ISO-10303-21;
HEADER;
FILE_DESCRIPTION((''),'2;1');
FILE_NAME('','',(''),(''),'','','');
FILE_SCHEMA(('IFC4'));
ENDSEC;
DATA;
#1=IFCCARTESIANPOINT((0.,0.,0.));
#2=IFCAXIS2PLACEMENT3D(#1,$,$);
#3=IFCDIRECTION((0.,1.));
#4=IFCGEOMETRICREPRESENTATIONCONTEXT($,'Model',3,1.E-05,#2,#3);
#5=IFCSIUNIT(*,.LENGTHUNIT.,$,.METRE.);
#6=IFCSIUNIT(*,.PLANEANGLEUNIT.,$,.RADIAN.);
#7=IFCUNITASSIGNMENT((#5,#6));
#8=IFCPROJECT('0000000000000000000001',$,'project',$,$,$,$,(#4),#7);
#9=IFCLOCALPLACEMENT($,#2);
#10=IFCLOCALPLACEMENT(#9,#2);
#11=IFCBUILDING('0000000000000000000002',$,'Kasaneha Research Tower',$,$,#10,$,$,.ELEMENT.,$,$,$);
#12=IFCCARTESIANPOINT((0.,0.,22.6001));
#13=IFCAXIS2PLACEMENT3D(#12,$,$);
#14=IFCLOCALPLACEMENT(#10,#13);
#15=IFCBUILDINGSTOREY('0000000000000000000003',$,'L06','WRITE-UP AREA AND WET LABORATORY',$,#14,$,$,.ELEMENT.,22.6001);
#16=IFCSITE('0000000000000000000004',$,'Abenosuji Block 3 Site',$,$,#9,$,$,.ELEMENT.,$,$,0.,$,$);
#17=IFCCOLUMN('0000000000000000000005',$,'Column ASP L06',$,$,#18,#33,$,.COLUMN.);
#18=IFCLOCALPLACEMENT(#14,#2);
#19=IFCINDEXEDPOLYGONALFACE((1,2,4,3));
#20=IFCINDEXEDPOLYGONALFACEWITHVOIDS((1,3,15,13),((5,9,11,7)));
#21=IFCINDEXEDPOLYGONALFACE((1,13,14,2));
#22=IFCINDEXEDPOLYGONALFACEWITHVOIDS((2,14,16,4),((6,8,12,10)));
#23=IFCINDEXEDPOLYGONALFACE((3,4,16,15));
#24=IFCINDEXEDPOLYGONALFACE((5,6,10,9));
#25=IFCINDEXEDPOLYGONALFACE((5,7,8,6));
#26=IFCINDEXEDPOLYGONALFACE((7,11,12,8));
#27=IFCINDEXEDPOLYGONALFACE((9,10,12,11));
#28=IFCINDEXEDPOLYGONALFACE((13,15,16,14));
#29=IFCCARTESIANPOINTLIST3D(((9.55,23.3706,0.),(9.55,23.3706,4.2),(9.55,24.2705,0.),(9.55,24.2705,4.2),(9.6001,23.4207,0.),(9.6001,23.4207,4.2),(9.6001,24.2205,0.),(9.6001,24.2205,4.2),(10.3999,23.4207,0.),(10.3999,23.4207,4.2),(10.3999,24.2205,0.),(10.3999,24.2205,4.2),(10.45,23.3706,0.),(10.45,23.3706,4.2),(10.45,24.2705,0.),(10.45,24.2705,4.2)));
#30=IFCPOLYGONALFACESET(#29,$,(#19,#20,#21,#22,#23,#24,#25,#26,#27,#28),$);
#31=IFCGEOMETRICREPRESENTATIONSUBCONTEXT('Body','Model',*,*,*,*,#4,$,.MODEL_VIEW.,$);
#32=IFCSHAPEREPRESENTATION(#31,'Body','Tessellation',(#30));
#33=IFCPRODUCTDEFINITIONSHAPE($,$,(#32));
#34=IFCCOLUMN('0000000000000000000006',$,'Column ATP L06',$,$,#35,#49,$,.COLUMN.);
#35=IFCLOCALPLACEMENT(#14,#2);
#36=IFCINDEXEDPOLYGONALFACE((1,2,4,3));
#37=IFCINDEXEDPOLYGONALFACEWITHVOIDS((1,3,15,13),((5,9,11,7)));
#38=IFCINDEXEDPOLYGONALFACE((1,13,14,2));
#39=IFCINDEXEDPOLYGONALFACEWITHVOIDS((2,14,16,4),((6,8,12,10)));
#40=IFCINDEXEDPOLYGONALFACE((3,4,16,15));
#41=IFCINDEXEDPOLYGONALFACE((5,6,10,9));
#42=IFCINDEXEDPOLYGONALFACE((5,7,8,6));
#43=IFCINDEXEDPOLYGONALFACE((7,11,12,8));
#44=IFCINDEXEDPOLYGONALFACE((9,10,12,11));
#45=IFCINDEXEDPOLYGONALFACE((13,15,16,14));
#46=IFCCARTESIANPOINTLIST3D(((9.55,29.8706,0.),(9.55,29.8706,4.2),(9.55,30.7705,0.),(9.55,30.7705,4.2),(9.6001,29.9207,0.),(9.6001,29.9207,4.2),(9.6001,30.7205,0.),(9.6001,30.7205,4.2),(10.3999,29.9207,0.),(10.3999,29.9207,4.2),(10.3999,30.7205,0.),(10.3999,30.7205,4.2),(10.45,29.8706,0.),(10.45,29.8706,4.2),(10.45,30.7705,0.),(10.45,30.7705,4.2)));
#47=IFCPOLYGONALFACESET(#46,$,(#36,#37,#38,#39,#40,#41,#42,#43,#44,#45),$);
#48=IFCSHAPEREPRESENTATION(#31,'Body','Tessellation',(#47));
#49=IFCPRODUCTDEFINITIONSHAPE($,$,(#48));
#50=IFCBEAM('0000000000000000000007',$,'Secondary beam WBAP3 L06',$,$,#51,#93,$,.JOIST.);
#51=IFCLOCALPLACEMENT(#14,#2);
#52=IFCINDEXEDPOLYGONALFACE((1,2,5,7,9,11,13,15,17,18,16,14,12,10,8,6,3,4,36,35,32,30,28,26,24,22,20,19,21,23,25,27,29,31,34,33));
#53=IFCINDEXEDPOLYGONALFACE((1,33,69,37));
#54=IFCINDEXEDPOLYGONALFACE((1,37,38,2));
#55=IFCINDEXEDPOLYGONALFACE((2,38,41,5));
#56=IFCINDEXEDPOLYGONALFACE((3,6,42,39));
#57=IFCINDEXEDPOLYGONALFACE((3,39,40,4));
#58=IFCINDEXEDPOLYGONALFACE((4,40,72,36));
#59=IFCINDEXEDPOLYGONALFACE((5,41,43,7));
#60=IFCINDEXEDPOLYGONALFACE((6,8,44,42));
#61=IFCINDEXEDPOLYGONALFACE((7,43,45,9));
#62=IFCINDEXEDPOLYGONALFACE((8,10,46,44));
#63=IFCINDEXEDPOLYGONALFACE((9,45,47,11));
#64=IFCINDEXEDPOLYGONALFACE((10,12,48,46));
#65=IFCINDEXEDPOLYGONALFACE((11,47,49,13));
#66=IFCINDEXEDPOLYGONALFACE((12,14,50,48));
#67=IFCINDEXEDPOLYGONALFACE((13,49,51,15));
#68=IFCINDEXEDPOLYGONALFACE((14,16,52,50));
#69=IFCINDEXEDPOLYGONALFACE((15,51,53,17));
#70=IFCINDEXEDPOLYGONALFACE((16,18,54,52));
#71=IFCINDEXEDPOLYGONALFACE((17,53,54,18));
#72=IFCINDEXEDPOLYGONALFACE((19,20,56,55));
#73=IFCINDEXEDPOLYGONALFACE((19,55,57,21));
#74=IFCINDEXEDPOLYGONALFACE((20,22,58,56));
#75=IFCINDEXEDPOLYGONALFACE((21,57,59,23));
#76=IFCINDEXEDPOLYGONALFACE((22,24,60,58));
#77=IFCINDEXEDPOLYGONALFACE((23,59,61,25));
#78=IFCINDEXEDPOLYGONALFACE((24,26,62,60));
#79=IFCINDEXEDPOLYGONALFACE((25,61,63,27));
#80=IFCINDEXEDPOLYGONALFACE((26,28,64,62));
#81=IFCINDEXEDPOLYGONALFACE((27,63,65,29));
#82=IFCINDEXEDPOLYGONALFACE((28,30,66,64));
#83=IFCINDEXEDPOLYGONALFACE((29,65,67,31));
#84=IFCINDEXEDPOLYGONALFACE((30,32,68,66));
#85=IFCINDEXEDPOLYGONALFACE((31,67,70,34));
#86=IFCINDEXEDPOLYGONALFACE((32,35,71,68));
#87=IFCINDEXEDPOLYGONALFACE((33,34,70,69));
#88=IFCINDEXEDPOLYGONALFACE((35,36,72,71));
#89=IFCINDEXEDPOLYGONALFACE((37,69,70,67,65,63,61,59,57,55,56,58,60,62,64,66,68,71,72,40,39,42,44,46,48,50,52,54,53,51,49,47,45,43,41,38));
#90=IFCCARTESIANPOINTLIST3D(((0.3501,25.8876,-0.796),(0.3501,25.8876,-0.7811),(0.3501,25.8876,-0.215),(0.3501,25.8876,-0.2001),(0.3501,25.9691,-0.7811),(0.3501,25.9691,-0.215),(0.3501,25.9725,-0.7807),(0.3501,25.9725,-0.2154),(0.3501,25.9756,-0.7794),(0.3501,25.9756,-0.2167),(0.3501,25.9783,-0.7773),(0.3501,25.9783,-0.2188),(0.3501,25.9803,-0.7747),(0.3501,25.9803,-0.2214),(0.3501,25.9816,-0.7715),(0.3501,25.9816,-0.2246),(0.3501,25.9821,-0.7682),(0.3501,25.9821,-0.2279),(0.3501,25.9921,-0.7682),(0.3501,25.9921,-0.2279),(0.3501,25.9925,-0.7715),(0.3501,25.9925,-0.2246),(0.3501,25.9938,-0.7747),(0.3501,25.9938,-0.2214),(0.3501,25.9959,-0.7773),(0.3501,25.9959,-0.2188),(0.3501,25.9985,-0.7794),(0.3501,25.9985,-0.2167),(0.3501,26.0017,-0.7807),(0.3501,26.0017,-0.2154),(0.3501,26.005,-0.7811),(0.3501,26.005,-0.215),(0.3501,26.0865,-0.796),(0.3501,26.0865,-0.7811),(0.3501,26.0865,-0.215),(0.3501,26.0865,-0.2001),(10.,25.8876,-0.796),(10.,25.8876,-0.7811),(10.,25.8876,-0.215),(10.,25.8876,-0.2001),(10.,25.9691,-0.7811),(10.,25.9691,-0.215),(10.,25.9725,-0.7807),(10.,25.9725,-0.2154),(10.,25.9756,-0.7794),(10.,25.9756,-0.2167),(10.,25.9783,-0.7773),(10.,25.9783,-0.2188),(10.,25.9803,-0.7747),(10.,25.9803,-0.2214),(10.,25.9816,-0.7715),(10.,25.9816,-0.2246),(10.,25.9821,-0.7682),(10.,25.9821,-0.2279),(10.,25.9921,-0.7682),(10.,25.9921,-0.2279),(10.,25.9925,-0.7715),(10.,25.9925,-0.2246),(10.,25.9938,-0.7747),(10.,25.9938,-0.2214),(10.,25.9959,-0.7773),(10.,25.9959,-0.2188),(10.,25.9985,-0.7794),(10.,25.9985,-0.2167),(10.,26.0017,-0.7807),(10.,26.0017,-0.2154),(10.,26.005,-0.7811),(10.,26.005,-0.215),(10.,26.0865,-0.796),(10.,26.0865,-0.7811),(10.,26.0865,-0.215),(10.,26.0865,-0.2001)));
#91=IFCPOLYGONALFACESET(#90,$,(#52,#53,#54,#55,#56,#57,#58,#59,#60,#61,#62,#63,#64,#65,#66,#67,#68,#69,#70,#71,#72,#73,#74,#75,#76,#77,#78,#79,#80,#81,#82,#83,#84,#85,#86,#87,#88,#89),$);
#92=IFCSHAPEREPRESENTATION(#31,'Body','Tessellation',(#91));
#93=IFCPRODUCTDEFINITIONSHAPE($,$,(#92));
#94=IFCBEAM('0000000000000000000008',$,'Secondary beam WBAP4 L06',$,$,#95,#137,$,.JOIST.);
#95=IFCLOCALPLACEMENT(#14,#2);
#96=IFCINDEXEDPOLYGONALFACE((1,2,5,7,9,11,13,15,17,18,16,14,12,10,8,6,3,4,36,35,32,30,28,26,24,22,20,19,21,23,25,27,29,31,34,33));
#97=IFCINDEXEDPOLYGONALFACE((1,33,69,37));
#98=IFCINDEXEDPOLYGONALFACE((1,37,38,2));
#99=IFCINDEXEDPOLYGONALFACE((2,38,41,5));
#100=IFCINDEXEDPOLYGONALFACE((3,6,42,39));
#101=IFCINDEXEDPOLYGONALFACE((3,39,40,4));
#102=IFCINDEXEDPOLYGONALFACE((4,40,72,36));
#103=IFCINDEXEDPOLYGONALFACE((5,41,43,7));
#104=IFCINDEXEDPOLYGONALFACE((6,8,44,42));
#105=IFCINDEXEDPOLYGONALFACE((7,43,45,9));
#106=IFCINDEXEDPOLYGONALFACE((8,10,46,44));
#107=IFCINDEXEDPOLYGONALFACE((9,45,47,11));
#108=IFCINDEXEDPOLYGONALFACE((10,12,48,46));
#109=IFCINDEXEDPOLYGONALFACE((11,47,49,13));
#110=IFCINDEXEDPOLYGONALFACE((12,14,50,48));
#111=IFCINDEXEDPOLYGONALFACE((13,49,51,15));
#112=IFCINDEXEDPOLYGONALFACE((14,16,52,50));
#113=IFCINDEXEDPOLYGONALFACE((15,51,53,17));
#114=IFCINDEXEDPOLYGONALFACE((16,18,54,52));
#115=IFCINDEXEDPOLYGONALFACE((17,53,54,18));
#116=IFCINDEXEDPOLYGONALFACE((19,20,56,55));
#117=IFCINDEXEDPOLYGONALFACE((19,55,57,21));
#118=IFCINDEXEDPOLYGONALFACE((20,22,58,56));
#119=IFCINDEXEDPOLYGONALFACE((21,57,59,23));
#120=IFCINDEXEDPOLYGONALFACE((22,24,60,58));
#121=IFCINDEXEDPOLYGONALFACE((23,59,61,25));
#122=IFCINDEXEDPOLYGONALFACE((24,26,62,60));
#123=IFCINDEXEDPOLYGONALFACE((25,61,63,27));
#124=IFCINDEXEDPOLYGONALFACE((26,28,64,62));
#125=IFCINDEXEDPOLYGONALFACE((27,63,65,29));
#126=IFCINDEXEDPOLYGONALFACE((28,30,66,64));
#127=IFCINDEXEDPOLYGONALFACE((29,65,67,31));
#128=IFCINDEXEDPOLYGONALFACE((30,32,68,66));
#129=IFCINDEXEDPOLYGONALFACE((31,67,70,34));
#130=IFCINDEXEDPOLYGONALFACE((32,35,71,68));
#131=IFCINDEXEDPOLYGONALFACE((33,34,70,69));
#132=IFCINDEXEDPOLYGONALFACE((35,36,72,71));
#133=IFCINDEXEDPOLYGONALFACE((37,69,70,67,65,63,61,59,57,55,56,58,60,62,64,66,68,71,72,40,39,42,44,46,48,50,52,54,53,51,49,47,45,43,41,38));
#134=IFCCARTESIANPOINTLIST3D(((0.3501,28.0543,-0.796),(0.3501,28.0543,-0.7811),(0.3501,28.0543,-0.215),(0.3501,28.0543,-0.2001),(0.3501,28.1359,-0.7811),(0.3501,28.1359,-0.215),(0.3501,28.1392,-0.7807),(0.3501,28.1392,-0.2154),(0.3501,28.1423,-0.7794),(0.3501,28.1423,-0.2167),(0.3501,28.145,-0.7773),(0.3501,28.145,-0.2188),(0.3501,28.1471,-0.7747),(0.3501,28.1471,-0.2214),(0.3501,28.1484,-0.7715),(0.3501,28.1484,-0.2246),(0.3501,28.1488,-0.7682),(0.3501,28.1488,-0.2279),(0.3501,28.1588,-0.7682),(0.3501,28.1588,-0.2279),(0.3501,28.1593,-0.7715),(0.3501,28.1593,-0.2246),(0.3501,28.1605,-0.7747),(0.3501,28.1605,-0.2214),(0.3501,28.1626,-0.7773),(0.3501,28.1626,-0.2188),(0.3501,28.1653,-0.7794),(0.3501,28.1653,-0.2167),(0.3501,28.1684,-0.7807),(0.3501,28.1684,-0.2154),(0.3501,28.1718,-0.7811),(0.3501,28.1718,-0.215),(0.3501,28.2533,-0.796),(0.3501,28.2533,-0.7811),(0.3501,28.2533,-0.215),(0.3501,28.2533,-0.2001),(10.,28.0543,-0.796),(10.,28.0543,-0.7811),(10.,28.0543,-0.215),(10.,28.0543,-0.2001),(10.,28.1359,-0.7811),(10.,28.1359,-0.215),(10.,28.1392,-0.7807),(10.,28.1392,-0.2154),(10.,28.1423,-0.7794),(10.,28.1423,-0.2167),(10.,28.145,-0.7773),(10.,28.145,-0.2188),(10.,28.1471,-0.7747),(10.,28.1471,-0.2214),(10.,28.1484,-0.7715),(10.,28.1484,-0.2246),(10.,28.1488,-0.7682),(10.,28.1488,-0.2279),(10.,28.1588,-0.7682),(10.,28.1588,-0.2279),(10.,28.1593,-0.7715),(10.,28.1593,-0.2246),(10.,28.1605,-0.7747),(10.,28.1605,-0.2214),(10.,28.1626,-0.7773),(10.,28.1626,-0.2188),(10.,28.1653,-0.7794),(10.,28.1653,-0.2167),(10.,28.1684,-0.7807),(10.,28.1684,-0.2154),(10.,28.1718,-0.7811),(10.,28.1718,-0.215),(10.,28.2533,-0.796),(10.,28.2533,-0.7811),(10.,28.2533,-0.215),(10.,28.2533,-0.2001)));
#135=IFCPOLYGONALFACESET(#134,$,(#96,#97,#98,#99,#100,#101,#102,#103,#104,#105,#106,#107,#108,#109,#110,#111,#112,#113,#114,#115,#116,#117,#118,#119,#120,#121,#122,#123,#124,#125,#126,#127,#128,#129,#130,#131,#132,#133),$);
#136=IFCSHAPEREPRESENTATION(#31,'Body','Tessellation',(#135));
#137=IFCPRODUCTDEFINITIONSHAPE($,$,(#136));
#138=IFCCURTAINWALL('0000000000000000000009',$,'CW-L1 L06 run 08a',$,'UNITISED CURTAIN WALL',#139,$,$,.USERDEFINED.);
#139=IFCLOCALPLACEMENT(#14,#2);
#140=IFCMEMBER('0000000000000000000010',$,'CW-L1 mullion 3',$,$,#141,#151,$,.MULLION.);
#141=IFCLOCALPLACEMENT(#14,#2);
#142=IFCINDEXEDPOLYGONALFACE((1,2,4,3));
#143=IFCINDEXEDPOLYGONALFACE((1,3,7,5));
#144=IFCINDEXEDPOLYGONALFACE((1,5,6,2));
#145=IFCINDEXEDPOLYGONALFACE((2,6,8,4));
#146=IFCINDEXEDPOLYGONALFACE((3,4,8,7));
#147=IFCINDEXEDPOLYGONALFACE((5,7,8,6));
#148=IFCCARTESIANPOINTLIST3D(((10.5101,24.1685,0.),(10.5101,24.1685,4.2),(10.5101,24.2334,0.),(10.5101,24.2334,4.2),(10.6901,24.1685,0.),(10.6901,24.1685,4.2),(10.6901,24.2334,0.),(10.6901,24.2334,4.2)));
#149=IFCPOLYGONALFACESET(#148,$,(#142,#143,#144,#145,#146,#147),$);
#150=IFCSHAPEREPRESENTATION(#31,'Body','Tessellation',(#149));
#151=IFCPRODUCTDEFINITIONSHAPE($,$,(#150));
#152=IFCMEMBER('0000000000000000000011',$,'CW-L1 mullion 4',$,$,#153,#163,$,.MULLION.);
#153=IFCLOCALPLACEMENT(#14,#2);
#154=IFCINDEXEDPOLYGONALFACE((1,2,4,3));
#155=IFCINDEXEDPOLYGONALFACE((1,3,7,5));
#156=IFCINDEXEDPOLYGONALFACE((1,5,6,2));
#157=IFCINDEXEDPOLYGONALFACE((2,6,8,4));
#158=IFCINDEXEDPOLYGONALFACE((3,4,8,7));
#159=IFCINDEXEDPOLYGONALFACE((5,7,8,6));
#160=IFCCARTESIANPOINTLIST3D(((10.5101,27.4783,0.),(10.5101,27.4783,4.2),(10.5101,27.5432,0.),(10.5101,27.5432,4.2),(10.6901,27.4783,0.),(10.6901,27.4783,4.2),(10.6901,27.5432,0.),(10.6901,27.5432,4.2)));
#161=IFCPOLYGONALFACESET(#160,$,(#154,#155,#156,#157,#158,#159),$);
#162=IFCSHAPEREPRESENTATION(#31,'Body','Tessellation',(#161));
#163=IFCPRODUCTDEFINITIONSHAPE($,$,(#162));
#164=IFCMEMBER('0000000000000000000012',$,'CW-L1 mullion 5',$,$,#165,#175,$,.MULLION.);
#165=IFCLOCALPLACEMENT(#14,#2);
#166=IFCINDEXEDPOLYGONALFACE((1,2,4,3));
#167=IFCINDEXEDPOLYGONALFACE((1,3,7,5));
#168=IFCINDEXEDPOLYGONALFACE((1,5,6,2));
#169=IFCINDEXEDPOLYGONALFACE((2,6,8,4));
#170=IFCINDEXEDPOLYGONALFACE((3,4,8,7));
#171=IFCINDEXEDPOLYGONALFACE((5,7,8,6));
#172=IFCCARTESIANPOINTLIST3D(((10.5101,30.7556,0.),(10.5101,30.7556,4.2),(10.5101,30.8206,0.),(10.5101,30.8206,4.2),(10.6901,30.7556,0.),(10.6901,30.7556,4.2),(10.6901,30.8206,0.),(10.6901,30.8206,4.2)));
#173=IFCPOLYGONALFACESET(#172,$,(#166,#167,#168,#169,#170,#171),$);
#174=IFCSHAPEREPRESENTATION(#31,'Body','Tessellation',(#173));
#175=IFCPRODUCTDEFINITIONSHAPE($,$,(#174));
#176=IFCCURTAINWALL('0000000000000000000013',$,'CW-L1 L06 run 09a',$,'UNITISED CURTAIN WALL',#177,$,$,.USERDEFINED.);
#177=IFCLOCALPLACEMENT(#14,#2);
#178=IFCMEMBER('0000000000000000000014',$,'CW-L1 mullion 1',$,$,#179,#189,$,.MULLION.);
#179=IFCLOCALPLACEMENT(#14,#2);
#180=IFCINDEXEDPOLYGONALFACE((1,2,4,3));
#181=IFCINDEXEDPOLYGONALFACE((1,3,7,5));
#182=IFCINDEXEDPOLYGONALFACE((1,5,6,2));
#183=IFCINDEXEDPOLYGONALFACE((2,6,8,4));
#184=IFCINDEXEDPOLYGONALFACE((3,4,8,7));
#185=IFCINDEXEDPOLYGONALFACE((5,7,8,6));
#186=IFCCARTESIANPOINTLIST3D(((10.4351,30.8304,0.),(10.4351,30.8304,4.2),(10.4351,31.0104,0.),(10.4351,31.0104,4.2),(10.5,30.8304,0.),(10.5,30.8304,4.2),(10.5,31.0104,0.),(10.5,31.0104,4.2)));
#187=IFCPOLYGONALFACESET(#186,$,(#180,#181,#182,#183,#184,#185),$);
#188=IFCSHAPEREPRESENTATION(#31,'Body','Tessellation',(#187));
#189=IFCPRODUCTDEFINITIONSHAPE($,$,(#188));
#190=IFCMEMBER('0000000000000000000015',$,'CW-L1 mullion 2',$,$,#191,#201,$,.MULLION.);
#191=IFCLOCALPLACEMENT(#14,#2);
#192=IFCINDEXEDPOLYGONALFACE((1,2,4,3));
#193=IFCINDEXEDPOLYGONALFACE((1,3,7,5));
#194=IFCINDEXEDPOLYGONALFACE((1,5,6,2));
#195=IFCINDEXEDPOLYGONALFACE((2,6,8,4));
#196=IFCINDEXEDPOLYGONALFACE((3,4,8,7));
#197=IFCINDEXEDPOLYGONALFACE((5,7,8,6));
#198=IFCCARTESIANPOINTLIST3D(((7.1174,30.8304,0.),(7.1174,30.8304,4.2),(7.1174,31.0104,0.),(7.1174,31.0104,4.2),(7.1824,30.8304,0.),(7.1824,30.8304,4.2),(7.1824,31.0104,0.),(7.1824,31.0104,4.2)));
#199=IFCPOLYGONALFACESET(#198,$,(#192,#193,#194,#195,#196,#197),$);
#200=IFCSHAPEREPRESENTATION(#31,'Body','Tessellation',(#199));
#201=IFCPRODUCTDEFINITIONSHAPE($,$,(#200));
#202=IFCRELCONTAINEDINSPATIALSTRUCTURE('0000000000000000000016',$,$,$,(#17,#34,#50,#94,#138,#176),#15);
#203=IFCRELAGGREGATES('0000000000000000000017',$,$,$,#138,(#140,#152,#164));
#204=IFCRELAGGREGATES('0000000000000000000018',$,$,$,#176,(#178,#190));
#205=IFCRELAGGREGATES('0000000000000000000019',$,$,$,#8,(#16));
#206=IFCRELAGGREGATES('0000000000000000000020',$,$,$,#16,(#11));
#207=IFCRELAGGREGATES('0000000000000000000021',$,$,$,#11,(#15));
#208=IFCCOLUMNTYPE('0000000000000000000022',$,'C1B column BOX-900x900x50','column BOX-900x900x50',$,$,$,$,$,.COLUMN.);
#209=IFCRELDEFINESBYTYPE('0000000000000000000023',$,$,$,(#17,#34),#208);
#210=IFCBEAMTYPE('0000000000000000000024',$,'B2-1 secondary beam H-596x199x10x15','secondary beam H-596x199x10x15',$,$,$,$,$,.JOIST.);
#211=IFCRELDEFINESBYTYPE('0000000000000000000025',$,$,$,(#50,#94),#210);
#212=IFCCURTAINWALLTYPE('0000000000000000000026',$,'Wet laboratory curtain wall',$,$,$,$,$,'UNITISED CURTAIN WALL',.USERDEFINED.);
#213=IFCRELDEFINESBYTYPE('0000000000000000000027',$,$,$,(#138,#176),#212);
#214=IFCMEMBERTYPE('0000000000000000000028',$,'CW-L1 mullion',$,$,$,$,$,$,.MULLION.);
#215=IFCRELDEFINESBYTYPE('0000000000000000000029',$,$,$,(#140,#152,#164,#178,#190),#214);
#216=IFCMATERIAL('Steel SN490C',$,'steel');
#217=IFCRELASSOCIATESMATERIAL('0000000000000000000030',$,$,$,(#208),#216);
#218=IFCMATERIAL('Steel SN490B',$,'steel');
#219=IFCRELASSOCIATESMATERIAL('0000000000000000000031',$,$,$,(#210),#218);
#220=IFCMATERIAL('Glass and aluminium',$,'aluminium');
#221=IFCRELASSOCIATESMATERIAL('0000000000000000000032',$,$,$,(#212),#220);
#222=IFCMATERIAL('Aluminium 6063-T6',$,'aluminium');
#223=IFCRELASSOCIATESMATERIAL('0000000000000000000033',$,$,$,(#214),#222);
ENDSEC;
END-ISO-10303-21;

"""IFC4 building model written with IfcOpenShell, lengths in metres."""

from ifc_helpers import new_model, si_unit, direction, frame, origin, origin_2d, place, context, subcontext, project, spatial, rectangle, hollow_rectangle, i_section, extrude, material, material_profile, profile_set, type_object, element, aggregate, save


model = new_model("IFC4")

# Units and contexts
model_context = context("Model", 3, precision=1e-05, world=origin(), true_north=direction((0.0, 1.0)))
body_context = subcontext(model_context, "Body", "Model", "MODEL_VIEW")
ifc_project = project(units=[si_unit("LENGTHUNIT", "METRE"), si_unit("PLANEANGLEUNIT", "RADIAN")], contexts=[model_context])

# Site, building, storey
site_placement = place(None, origin())
site = spatial("IfcSite", under=ifc_project, at=site_placement, Name="Abenosuji Block 3 Site", CompositionType="ELEMENT", RefElevation=0.0)
building_placement = place(site_placement, origin())
building = spatial("IfcBuilding", under=site, at=building_placement, Name="Kasaneha Research Tower", CompositionType="ELEMENT")
storey_placement = place(building_placement, frame((0.0, 0.0, 22.6001)))
storey = spatial("IfcBuildingStorey", under=building, at=storey_placement, Name="L06", Description="WRITE-UP AREA AND WET LABORATORY", CompositionType="ELEMENT", Elevation=22.6001)

# Columns
ifc_material_1 = material(Name="Steel SN490C", Category="steel")
ifc_material_profile_1 = material_profile(ifc_material_1, hollow_rectangle(XDim=0.8999, YDim=0.8999, WallThickness=0.05, at=origin_2d()), Name="BOX-900x900x50")
ifc_profile_set_1 = profile_set([ifc_material_profile_1], Name="Steel SN490C")
column_type = type_object("IfcColumnType", Name="C1B column BOX-900x900x50", Description="column BOX-900x900x50", PredefinedType="COLUMN", material=ifc_profile_set_1)
for number, where, z_axis, x_axis, name in (
    (1, (10.0, 23.8206, 0.0), (0.0, 0.0, 1.0), (1.0, 0.0, 0.0), "Column ASP L06"),
    (2, (10.0, 30.3206, 0.0), (0.0, 0.0, 1.0), (1.0, 0.0, 0.0), "Column ATP L06"),
):
    element("IfcColumn", number, at=place(storey_placement, frame(where, z_axis=z_axis, x_axis=x_axis)), inside=storey, type_object=column_type, Name=name, PredefinedType="COLUMN", context=body_context, shape_type="SweptSolid", body=[
        extrude(hollow_rectangle(XDim=0.8999, YDim=0.8999, WallThickness=0.05, at=origin_2d()), origin(), (0.0, 0.0, 1.0), 4.2),
    ])

# Beams
ifc_material_2 = material(Name="Steel SN490B", Category="steel")
ifc_material_profile_2 = material_profile(ifc_material_2, i_section(OverallWidth=0.199, OverallDepth=0.5959, WebThickness=0.01, FlangeThickness=0.0149, FilletRadius=0.0129, at=origin_2d()), Name="H-596x199x10x15")
ifc_profile_set_2 = profile_set([ifc_material_profile_2], Name="Steel SN490B")
beam_type_1 = type_object("IfcBeamType", Name="B2-1 secondary beam H-596x199x10x15", Description="secondary beam H-596x199x10x15", PredefinedType="JOIST", material=ifc_profile_set_2)
for number, where, z_axis, x_axis, name in (
    (3, (10.0, 25.9871, -0.498), (-1.0, 0.0, 0.0), (0.0, -1.0, 0.0), "Secondary beam WBAP3 L06"),
    (4, (10.0, 28.1538, -0.498), (-1.0, 0.0, 0.0), (0.0, -1.0, 0.0), "Secondary beam WBAP4 L06"),
):
    element("IfcBeam", number, at=place(storey_placement, frame(where, z_axis=z_axis, x_axis=x_axis)), inside=storey, type_object=beam_type_1, Name=name, PredefinedType="JOIST", context=body_context, shape_type="SweptSolid", body=[
        extrude(i_section(OverallWidth=0.199, OverallDepth=0.5959, WebThickness=0.01, FlangeThickness=0.0149, FilletRadius=0.0129, at=origin_2d()), origin(), (0.0, 0.0, 1.0), 9.6499),
    ])

# Curtain walls, members
ifc_material_3 = material(Name="Glass and aluminium", Category="aluminium")
curtain_wall_type = type_object("IfcCurtainWallType", Name="Wet laboratory curtain wall", ElementType="UNITISED CURTAIN WALL", PredefinedType="USERDEFINED", material=ifc_material_3)
curtain_wall_1_placement = place(storey_placement, origin())
curtain_wall_1 = element("IfcCurtainWall", 5, at=curtain_wall_1_placement, inside=storey, type_object=curtain_wall_type, Name="CW-L1 L06 run 08a", ObjectType="UNITISED CURTAIN WALL", PredefinedType="USERDEFINED")
ifc_material_4 = material(Name="Aluminium 6063-T6", Category="aluminium")
ifc_material_profile_3 = material_profile(ifc_material_4, rectangle(XDim=0.0649, YDim=0.1799, at=origin_2d()), Name="CW-L1 mullion 65x180")
ifc_profile_set_3 = profile_set([ifc_material_profile_3], Name="Aluminium 6063-T6")
member_type_1 = type_object("IfcMemberType", Name="CW-L1 mullion", PredefinedType="MULLION", material=ifc_profile_set_3)
member_1_placement = place(storey_placement, frame((10.6001, 24.2009, 0.0), z_axis=(0.0, 0.0, 1.0), x_axis=(0.0, 1.0, 0.0)))
member_1 = element("IfcMember", 6, at=member_1_placement, type_object=member_type_1, Name="CW-L1 mullion 3", PredefinedType="MULLION", context=body_context, shape_type="SweptSolid", body=[
    extrude(rectangle(XDim=0.0649, YDim=0.1799, at=origin_2d()), origin(), (0.0, 0.0, 1.0), 4.2),
])
member_2_placement = place(storey_placement, frame((10.6001, 27.5107, 0.0), z_axis=(0.0, 0.0, 1.0), x_axis=(0.0, 1.0, 0.0)))
member_2 = element("IfcMember", 7, at=member_2_placement, type_object=member_type_1, Name="CW-L1 mullion 4", PredefinedType="MULLION", context=body_context, shape_type="SweptSolid", body=[
    extrude(rectangle(XDim=0.0649, YDim=0.1799, at=origin_2d()), origin(), (0.0, 0.0, 1.0), 4.2),
])
member_3_placement = place(storey_placement, frame((10.6001, 30.7881, 0.0), z_axis=(0.0, 0.0, 1.0), x_axis=(0.0, 1.0, 0.0)))
member_3 = element("IfcMember", 8, at=member_3_placement, type_object=member_type_1, Name="CW-L1 mullion 5", PredefinedType="MULLION", context=body_context, shape_type="SweptSolid", body=[
    extrude(rectangle(XDim=0.0649, YDim=0.1799, at=origin_2d()), origin(), (0.0, 0.0, 1.0), 4.2),
])
curtain_wall_2_placement = place(storey_placement, origin())
curtain_wall_2 = element("IfcCurtainWall", 9, at=curtain_wall_2_placement, inside=storey, type_object=curtain_wall_type, Name="CW-L1 L06 run 09a", ObjectType="UNITISED CURTAIN WALL", PredefinedType="USERDEFINED")
member_4_placement = place(storey_placement, frame((10.4675, 30.9204, 0.0), z_axis=(0.0, 0.0, 1.0), x_axis=(-1.0, 0.0, 0.0)))
member_4 = element("IfcMember", 10, at=member_4_placement, type_object=member_type_1, Name="CW-L1 mullion 1", PredefinedType="MULLION", context=body_context, shape_type="SweptSolid", body=[
    extrude(rectangle(XDim=0.0649, YDim=0.1799, at=origin_2d()), origin(), (0.0, 0.0, 1.0), 4.2),
])
member_5_placement = place(storey_placement, frame((7.1499, 30.9204, 0.0), z_axis=(0.0, 0.0, 1.0), x_axis=(-1.0, 0.0, 0.0)))
member_5 = element("IfcMember", 11, at=member_5_placement, type_object=member_type_1, Name="CW-L1 mullion 2", PredefinedType="MULLION", context=body_context, shape_type="SweptSolid", body=[
    extrude(rectangle(XDim=0.0649, YDim=0.1799, at=origin_2d()), origin(), (0.0, 0.0, 1.0), 4.2),
])

aggregate(curtain_wall_1, [member_1, member_2, member_3])
aggregate(curtain_wall_2, [member_4, member_5])

save(model, "model.ifc")
